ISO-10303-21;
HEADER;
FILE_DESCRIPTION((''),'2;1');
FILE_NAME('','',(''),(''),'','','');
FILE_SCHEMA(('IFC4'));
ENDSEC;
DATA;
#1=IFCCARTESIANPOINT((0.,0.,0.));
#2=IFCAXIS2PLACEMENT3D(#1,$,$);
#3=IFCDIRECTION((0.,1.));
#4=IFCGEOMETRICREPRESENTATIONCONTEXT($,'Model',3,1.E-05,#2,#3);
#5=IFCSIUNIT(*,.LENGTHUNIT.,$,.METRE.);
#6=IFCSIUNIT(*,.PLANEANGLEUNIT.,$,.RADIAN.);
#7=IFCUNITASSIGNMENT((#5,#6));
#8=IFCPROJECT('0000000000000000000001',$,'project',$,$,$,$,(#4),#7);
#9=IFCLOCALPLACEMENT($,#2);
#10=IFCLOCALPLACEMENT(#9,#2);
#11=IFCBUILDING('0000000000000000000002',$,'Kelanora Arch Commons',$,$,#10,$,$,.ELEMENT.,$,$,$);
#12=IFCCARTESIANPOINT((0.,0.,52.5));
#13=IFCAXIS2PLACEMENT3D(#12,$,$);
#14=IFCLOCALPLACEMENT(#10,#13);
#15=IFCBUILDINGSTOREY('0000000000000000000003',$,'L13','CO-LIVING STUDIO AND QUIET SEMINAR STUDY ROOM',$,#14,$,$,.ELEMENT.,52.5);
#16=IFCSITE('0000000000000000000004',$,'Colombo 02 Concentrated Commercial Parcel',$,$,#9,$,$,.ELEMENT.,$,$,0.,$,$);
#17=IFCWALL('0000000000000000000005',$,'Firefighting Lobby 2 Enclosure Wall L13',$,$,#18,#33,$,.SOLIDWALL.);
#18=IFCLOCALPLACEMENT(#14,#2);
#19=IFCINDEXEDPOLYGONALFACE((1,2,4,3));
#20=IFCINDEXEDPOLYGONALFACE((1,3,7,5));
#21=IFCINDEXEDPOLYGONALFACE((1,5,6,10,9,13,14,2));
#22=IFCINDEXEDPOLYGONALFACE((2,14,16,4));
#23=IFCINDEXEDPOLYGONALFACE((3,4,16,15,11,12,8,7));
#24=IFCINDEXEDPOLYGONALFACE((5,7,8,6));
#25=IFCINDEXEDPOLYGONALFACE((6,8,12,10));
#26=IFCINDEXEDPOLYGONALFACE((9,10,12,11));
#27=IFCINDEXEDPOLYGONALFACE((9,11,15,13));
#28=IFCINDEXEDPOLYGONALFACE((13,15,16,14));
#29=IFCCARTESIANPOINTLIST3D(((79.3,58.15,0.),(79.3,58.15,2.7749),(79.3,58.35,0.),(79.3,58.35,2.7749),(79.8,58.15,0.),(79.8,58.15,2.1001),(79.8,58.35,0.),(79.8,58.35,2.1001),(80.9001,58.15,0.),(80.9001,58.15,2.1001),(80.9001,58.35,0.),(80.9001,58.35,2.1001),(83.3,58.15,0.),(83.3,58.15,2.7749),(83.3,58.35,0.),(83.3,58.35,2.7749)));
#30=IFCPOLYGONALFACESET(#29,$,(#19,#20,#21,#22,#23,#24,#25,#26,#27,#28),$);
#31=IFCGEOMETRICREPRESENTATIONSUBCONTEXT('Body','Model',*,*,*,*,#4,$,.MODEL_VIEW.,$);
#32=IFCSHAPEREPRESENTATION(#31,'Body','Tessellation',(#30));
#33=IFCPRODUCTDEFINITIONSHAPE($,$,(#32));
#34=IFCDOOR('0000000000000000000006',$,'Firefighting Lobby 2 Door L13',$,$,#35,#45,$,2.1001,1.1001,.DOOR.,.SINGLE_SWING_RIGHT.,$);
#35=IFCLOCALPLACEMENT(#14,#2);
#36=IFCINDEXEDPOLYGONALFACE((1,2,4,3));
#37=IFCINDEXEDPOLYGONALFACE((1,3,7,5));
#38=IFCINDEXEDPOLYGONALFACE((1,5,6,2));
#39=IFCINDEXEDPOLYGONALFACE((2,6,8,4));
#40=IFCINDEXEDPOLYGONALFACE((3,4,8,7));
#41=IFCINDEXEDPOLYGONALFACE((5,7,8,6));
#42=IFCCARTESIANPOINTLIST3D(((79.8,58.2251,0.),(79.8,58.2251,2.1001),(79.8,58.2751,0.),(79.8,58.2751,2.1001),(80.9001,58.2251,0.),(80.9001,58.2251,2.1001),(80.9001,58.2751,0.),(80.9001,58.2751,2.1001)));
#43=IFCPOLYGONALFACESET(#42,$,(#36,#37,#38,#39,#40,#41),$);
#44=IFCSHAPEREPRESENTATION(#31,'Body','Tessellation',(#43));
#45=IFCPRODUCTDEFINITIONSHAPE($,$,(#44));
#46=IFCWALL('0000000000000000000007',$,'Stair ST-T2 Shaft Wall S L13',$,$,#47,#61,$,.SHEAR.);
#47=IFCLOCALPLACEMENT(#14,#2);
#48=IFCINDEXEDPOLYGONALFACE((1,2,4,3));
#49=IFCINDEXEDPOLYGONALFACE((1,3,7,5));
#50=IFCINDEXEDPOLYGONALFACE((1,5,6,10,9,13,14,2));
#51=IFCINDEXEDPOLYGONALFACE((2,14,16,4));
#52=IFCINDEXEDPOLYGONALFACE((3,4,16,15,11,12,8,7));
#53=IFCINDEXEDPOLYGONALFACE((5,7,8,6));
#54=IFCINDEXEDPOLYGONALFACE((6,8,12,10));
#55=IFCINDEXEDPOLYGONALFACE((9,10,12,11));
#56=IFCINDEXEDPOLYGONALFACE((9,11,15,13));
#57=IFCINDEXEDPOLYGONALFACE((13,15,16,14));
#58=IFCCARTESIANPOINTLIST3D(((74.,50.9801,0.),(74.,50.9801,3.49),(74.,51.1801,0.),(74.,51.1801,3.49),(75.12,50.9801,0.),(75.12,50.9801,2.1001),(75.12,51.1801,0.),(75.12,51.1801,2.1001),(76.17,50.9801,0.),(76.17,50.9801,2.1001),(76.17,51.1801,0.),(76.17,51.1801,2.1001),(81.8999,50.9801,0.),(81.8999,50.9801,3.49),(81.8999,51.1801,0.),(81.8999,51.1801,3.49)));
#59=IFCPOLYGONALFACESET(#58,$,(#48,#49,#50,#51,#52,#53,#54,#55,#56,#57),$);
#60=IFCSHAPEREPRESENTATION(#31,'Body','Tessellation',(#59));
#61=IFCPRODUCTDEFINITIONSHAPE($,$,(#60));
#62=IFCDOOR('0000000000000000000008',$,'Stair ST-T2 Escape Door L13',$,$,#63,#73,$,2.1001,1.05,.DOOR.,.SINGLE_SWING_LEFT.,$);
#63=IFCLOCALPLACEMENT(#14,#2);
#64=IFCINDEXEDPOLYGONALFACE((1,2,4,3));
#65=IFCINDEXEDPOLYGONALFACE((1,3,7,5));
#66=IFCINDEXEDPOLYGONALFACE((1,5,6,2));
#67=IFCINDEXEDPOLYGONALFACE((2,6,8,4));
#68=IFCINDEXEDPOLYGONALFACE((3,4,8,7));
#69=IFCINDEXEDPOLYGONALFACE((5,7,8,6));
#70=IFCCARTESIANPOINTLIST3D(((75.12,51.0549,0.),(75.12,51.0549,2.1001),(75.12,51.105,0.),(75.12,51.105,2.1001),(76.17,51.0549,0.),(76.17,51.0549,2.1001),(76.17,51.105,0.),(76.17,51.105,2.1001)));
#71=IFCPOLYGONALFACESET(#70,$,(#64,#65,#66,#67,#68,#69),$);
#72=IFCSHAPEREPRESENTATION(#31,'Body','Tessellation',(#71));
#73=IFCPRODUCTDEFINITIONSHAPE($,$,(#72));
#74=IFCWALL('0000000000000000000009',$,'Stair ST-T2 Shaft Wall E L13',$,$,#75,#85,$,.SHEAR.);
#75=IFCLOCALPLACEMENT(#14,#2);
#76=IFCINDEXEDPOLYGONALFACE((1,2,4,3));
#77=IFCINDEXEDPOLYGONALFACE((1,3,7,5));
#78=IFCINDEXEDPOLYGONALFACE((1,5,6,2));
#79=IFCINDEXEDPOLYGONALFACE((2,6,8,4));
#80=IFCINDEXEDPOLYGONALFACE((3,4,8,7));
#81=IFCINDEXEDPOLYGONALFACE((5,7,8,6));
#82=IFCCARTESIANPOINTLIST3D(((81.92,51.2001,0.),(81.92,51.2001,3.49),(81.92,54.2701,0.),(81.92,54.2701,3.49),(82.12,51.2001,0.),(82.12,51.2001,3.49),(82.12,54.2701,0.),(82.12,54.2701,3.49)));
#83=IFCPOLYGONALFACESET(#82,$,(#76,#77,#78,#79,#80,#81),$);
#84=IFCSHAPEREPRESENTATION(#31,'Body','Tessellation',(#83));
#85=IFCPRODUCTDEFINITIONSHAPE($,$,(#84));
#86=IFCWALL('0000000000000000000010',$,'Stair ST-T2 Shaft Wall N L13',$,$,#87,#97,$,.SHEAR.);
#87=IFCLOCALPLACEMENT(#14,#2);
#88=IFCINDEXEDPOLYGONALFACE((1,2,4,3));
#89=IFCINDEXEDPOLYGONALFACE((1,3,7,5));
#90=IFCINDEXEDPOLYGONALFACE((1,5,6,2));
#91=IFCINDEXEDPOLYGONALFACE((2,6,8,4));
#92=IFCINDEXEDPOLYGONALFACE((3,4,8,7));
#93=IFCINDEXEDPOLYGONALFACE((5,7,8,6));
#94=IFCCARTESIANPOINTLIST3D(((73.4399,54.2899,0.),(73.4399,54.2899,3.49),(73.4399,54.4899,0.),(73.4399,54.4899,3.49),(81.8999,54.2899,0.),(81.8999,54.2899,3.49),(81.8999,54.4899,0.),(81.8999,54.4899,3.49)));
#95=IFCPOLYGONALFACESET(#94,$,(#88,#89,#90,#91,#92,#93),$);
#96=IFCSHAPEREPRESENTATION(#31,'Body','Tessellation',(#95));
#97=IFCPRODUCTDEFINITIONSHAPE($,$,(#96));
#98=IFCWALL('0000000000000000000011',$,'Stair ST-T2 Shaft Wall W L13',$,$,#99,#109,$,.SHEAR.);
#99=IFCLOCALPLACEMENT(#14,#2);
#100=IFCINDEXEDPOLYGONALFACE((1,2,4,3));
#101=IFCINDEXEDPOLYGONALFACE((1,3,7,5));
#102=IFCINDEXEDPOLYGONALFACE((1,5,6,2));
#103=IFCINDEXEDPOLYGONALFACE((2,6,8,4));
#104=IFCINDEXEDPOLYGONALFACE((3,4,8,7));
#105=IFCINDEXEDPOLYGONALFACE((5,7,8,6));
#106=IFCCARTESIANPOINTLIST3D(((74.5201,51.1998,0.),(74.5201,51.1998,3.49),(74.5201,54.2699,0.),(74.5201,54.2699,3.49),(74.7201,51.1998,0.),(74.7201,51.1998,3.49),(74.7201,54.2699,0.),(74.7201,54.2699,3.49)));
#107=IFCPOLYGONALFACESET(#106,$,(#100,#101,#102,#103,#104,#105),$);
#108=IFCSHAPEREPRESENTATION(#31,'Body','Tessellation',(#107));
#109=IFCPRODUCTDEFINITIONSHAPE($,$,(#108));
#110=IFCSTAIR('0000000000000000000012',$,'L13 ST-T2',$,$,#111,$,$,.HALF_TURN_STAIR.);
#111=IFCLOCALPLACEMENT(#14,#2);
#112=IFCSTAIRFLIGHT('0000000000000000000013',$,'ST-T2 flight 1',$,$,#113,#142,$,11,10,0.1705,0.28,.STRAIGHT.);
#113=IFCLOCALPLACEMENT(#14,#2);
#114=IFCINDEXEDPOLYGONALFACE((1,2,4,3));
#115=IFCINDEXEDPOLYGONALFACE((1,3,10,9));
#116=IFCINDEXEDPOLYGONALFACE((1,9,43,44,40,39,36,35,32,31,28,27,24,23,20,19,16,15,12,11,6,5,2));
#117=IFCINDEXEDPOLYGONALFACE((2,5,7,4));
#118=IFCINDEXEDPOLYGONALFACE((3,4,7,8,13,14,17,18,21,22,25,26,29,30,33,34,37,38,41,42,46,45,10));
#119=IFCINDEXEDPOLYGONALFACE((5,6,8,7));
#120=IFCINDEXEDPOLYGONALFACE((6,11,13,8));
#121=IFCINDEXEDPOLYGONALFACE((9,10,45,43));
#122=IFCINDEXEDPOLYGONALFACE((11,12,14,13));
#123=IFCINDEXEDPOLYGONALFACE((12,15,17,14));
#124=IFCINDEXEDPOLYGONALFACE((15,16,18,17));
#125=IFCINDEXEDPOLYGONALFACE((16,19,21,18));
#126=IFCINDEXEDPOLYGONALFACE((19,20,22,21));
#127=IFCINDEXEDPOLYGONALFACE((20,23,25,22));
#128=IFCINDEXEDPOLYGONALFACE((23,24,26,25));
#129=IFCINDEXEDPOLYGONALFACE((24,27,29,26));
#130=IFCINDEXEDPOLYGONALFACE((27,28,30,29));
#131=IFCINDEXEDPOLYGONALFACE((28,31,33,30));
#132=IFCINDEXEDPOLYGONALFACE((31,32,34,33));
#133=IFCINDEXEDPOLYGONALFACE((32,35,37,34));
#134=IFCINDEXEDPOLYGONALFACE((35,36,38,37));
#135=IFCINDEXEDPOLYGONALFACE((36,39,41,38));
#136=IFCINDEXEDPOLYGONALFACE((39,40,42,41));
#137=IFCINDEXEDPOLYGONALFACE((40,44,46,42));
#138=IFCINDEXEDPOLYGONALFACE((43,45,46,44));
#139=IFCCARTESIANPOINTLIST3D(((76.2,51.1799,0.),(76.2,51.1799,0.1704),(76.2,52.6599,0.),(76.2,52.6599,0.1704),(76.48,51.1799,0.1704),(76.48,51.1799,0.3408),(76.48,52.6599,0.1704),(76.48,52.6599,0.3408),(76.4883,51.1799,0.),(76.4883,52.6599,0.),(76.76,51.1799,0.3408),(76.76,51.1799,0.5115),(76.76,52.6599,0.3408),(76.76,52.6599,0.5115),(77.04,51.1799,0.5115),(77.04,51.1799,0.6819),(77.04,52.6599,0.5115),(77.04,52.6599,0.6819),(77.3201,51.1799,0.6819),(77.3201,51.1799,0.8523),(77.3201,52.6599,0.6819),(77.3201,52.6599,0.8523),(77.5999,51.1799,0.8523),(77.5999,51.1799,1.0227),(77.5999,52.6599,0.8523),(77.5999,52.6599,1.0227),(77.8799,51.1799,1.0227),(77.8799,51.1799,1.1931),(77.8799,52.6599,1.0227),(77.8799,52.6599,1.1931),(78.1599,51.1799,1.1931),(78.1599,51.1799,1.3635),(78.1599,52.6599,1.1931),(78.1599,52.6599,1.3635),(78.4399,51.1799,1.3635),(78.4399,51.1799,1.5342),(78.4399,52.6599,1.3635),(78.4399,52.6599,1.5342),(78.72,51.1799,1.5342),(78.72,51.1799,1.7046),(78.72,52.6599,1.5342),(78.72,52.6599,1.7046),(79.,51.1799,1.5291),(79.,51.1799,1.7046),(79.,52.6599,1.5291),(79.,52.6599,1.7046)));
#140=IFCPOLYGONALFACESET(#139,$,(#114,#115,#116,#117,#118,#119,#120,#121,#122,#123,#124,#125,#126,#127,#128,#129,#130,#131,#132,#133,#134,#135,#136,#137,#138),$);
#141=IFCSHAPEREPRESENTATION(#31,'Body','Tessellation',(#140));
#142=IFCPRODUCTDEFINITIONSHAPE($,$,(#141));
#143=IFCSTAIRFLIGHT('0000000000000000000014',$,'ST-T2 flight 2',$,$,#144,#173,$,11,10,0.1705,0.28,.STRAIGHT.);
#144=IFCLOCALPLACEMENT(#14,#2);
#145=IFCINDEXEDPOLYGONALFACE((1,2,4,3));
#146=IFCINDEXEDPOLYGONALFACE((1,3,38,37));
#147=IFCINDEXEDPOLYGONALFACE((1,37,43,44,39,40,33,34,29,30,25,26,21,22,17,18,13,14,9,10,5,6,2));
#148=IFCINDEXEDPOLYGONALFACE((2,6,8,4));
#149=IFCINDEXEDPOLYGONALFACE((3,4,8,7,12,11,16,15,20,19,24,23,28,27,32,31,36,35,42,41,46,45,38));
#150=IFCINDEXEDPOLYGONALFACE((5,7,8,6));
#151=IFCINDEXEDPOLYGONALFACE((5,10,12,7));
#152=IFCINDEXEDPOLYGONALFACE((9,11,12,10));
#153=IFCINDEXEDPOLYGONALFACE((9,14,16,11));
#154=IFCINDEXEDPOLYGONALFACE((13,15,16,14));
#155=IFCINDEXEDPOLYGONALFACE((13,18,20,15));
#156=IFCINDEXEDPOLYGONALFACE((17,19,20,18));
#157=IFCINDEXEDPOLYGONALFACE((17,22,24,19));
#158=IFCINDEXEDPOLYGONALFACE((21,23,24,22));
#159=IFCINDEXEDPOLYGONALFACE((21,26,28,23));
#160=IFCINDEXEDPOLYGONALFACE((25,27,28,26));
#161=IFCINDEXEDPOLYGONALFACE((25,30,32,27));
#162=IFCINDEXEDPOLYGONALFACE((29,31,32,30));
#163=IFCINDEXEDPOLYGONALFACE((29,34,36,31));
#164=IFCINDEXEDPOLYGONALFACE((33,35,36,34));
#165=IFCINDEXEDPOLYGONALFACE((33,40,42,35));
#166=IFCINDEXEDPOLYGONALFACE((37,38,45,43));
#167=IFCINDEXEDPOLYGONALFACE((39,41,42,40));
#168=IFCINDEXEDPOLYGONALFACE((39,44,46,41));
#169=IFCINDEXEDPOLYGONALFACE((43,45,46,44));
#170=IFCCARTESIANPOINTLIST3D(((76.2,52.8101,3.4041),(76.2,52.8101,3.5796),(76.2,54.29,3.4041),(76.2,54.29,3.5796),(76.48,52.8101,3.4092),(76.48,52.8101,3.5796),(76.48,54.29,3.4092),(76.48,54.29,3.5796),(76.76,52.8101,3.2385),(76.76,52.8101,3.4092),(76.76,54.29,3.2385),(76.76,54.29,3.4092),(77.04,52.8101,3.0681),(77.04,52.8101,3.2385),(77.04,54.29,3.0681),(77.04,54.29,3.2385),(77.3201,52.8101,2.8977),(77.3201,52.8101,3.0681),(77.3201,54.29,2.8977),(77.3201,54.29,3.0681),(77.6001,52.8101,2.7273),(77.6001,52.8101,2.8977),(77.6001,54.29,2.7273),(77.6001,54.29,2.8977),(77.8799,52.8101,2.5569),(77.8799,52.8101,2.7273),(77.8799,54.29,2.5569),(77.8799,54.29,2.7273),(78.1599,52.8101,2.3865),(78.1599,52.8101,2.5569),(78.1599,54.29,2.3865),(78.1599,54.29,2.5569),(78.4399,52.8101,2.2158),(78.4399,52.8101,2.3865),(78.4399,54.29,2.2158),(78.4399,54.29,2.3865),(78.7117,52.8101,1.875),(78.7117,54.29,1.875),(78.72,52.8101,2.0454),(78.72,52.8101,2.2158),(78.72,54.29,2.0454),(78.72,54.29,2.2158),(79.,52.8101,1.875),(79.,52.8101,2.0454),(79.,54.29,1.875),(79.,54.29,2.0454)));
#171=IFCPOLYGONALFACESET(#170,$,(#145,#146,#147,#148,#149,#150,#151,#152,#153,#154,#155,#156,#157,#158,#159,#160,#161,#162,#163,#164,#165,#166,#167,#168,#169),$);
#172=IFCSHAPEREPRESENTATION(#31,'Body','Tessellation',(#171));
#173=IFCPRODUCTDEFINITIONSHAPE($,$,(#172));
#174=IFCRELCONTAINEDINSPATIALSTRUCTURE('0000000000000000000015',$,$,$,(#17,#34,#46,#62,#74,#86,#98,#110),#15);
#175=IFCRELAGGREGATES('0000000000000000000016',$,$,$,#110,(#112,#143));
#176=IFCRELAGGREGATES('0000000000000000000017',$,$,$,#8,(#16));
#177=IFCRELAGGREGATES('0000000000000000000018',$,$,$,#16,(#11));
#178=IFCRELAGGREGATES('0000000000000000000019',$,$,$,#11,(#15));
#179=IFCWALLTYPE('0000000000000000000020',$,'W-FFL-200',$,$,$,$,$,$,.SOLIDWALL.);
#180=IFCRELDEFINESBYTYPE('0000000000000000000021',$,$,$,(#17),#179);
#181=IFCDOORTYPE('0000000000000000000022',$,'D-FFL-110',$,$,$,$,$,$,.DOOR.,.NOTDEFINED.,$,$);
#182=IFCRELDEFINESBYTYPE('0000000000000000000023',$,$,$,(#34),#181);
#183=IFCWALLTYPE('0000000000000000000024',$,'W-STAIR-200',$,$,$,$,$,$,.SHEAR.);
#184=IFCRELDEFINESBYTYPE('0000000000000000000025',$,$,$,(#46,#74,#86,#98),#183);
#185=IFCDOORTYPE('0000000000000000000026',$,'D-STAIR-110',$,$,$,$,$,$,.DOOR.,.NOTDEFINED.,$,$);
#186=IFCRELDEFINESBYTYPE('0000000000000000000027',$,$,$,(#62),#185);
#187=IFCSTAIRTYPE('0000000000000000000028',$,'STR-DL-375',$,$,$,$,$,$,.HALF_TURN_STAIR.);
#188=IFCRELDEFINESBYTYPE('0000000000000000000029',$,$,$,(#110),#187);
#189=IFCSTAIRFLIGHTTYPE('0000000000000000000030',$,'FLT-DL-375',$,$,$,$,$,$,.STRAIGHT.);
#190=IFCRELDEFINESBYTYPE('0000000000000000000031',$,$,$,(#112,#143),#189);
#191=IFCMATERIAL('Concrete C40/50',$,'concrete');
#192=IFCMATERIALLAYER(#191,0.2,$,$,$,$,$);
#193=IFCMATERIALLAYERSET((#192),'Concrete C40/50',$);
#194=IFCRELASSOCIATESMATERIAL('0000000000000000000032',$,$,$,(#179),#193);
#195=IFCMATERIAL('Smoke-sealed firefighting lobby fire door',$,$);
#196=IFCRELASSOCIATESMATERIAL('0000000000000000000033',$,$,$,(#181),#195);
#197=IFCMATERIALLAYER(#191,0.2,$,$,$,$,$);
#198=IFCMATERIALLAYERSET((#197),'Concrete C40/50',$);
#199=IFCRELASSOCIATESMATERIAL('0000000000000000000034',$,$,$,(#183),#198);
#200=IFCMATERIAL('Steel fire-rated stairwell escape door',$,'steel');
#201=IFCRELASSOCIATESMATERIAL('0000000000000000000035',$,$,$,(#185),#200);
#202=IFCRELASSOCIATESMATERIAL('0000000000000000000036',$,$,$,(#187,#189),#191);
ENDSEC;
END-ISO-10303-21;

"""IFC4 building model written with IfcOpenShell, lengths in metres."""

from ifc_helpers import new_model, si_unit, direction, frame, frame_2d, origin, place, context, subcontext, project, spatial, polyline, rectangle, outline, extrude, material, layer, layer_set, type_object, element, fill, aggregate, save


model = new_model("IFC4")

# Units and contexts
model_context = context("Model", 3, precision=1e-05, world=origin(), true_north=direction((0.0, 1.0)))
body_context = subcontext(model_context, "Body", "Model", "MODEL_VIEW")
ifc_project = project(units=[si_unit("LENGTHUNIT", "METRE"), si_unit("PLANEANGLEUNIT", "RADIAN")], contexts=[model_context])

# Site, building, storey
site_placement = place(None, origin())
site = spatial("IfcSite", under=ifc_project, at=site_placement, Name="Colombo 02 Concentrated Commercial Parcel", CompositionType="ELEMENT", RefElevation=0.0)
building_placement = place(site_placement, origin())
building = spatial("IfcBuilding", under=site, at=building_placement, Name="Kelanora Arch Commons", CompositionType="ELEMENT")
storey_placement = place(building_placement, frame((0.0, 0.0, 52.5)))
storey = spatial("IfcBuildingStorey", under=building, at=storey_placement, Name="L13", Description="CO-LIVING STUDIO AND QUIET SEMINAR STUDY ROOM", CompositionType="ELEMENT", Elevation=52.5)

# Walls, openings, doors
ifc_material_1 = material(Name="Concrete C40/50", Category="concrete")
ifc_layer_1 = layer(ifc_material_1, 0.2)
ifc_layer_set_1 = layer_set([ifc_layer_1], Name="Concrete C40/50")
wall_type_1 = type_object("IfcWallType", Name="W-FFL-200", PredefinedType="SOLIDWALL", material=ifc_layer_set_1)
ifc_material_2 = material(Name="Smoke-sealed firefighting lobby fire door")
door_type_1 = type_object("IfcDoorType", Name="D-FFL-110", OperationType="NOTDEFINED", PredefinedType="DOOR", material=ifc_material_2)
wall_1_placement = place(storey_placement, frame((79.3, 58.25, 0.0), z_axis=(0.0, 0.0, 1.0), x_axis=(1.0, 0.0, 0.0)))
wall_1 = element("IfcWall", 1, at=wall_1_placement, inside=storey, type_object=wall_type_1, Name="Firefighting Lobby 2 Enclosure Wall L13", PredefinedType="SOLIDWALL", context=body_context, shape_type="SweptSolid", body=[
    extrude(rectangle(XDim=4.0, YDim=0.2, at=frame_2d((2.0, 0.0))), origin(), (0.0, 0.0, 1.0), 2.7749),
])
opening_1_placement = place(wall_1_placement, frame((0.5, 0.0, 0.0)))
opening_1 = element("IfcOpeningElement", 2, at=opening_1_placement, cuts=wall_1, PredefinedType="OPENING", context=body_context, shape_type="SweptSolid", body=[
    extrude(rectangle(XDim=1.1001, YDim=2.1001, at=frame_2d((0.55, 1.05))), frame((0.0, 0.1099, 0.0), z_axis=(0.0, -1.0, 0.0), x_axis=(1.0, 0.0, 0.0)), (0.0, 0.0, 1.0), 0.22),
])
door_1_placement = place(opening_1_placement, frame((1.1001, 0.0, 0.0), z_axis=(0.0, 0.0, 1.0), x_axis=(-1.0, 0.0, 0.0)))
door_1 = element("IfcDoor", 3, at=door_1_placement, inside=storey, type_object=door_type_1, Name="Firefighting Lobby 2 Door L13", OperationType="SINGLE_SWING_RIGHT", OverallHeight=2.1001, OverallWidth=1.1001, PredefinedType="DOOR", context=body_context, shape_type="SweptSolid", body=[
    extrude(rectangle(XDim=1.1001, YDim=2.1001, at=frame_2d((0.55, 1.05))), frame((0.0, 0.0249, 0.0), z_axis=(0.0, -1.0, 0.0), x_axis=(1.0, 0.0, 0.0)), (0.0, 0.0, 1.0), 0.05),
])
fill(opening_1, door_1)
ifc_layer_2 = layer(ifc_material_1, 0.2)
ifc_layer_set_2 = layer_set([ifc_layer_2], Name="Concrete C40/50")
wall_type_2 = type_object("IfcWallType", Name="W-STAIR-200", PredefinedType="SHEAR", material=ifc_layer_set_2)
wall_2_placement = place(storey_placement, frame((74.0, 51.0801, 0.0), z_axis=(0.0, 0.0, 1.0), x_axis=(1.0, 0.0, 0.0)))
wall_2 = element("IfcWall", 4, at=wall_2_placement, inside=storey, type_object=wall_type_2, Name="Stair ST-T2 Shaft Wall S L13", PredefinedType="SHEAR", context=body_context, shape_type="SweptSolid", body=[
    extrude(rectangle(XDim=7.8999, YDim=0.2, at=frame_2d((3.95, 0.0))), origin(), (0.0, 0.0, 1.0), 3.49),
])
opening_2_placement = place(wall_2_placement, frame((1.1201, 0.0, 0.0)))
opening_2 = element("IfcOpeningElement", 5, at=opening_2_placement, cuts=wall_2, PredefinedType="OPENING", context=body_context, shape_type="SweptSolid", body=[
    extrude(rectangle(XDim=1.05, YDim=2.1001, at=frame_2d((0.5249, 1.05))), frame((0.0, 0.1099, 0.0), z_axis=(0.0, -1.0, 0.0), x_axis=(1.0, 0.0, 0.0)), (0.0, 0.0, 1.0), 0.22),
])
ifc_material_3 = material(Name="Steel fire-rated stairwell escape door", Category="steel")
door_type_2 = type_object("IfcDoorType", Name="D-STAIR-110", OperationType="NOTDEFINED", PredefinedType="DOOR", material=ifc_material_3)
door_2_placement = place(opening_2_placement, origin())
door_2 = element("IfcDoor", 6, at=door_2_placement, inside=storey, type_object=door_type_2, Name="Stair ST-T2 Escape Door L13", OperationType="SINGLE_SWING_LEFT", OverallHeight=2.1001, OverallWidth=1.05, PredefinedType="DOOR", context=body_context, shape_type="SweptSolid", body=[
    extrude(rectangle(XDim=1.05, YDim=2.1001, at=frame_2d((0.5249, 1.05))), frame((0.0, 0.0249, 0.0), z_axis=(0.0, -1.0, 0.0), x_axis=(1.0, 0.0, 0.0)), (0.0, 0.0, 1.0), 0.05),
])
fill(opening_2, door_2)

# Walls
wall_3_placement = place(storey_placement, frame((82.02, 51.2, 0.0), z_axis=(0.0, 0.0, 1.0), x_axis=(0.0, 1.0, 0.0)))
element("IfcWall", 7, at=wall_3_placement, inside=storey, type_object=wall_type_2, Name="Stair ST-T2 Shaft Wall E L13", PredefinedType="SHEAR", context=body_context, shape_type="SweptSolid", body=[
    extrude(rectangle(XDim=3.0701, YDim=0.2, at=frame_2d((1.5352, 0.0))), origin(), (0.0, 0.0, 1.0), 3.49),
])
wall_4_placement = place(storey_placement, frame((81.8999, 54.3899, 0.0), z_axis=(0.0, 0.0, 1.0), x_axis=(-1.0, 0.0, 0.0)))
element("IfcWall", 8, at=wall_4_placement, inside=storey, type_object=wall_type_2, Name="Stair ST-T2 Shaft Wall N L13", PredefinedType="SHEAR", context=body_context, shape_type="SweptSolid", body=[
    extrude(rectangle(XDim=8.46, YDim=0.2, at=frame_2d((4.23, 0.0))), origin(), (0.0, 0.0, 1.0), 3.49),
])
wall_5_placement = place(storey_placement, frame((74.6201, 54.27, 0.0), z_axis=(0.0, 0.0, 1.0), x_axis=(0.0, -1.0, 0.0)))
element("IfcWall", 9, at=wall_5_placement, inside=storey, type_object=wall_type_2, Name="Stair ST-T2 Shaft Wall W L13", PredefinedType="SHEAR", context=body_context, shape_type="SweptSolid", body=[
    extrude(rectangle(XDim=3.0701, YDim=0.2, at=frame_2d((1.5352, 0.0))), origin(), (0.0, 0.0, 1.0), 3.49),
])

# Stair, stair flights
stair_type = type_object("IfcStairType", Name="STR-DL-375", PredefinedType="HALF_TURN_STAIR", material=ifc_material_1)
stair_placement = place(storey_placement, origin())
stair = element("IfcStair", 10, at=stair_placement, inside=storey, type_object=stair_type, Name="L13 ST-T2", PredefinedType="HALF_TURN_STAIR")
stair_flight_type = type_object("IfcStairFlightType", Name="FLT-DL-375", PredefinedType="STRAIGHT", material=ifc_material_1)
stair_flight_1_placement = place(storey_placement, frame((76.2, 51.9199, 0.0), z_axis=(0.0, 0.0, 1.0), x_axis=(1.0, 0.0, 0.0)))
stair_flight_1 = element("IfcStairFlight", 11, at=stair_flight_1_placement, type_object=stair_flight_type, Name="ST-T2 flight 1", NumberOfRisers=11, NumberOfTreads=10, PredefinedType="STRAIGHT", RiserHeight=0.1705, TreadLength=0.28, context=body_context, shape_type="SweptSolid", body=[
    extrude(outline(polyline([(0.0, 0.0), (0.0, 0.1704), (0.28, 0.1704), (0.28, 0.3408), (0.5601, 0.3408), (0.5601, 0.5115), (0.8401, 0.5115), (0.8401, 0.6819), (1.1201, 0.6819), (1.1201, 0.8523), (1.3999, 0.8523), (1.3999, 1.0227), (1.6799, 1.0227), (1.6799, 1.1931), (1.96, 1.1931), (1.96, 1.3635), (2.24, 1.3635), (2.24, 1.5342), (2.52, 1.5342), (2.52, 1.7046), (2.8, 1.7046), (2.8, 1.875), (2.8, 1.5291), (0.2883, 0.0), (0.0, 0.0)])), frame((0.0, 0.74, 0.0), z_axis=(0.0, -1.0, 0.0), x_axis=(1.0, 0.0, 0.0)), (0.0, 0.0, 1.0), 1.48),
])
stair_flight_2_placement = place(storey_placement, frame((79.0, 53.55, 1.875), z_axis=(0.0, 0.0, 1.0), x_axis=(-1.0, 0.0, 0.0)))
stair_flight_2 = element("IfcStairFlight", 12, at=stair_flight_2_placement, type_object=stair_flight_type, Name="ST-T2 flight 2", NumberOfRisers=11, NumberOfTreads=10, PredefinedType="STRAIGHT", RiserHeight=0.1705, TreadLength=0.28, context=body_context, shape_type="SweptSolid", body=[
    extrude(outline(polyline([(0.0, 0.0), (0.0, 0.1704), (0.28, 0.1704), (0.28, 0.3408), (0.5601, 0.3408), (0.5601, 0.5115), (0.8401, 0.5115), (0.8401, 0.6819), (1.1201, 0.6819), (1.1201, 0.8523), (1.3999, 0.8523), (1.3999, 1.0227), (1.6799, 1.0227), (1.6799, 1.1931), (1.96, 1.1931), (1.96, 1.3635), (2.24, 1.3635), (2.24, 1.5342), (2.52, 1.5342), (2.52, 1.7046), (2.8, 1.7046), (2.8, 1.875), (2.8, 1.5291), (0.2883, 0.0), (0.0, 0.0)])), frame((0.0, 0.74, 0.0), z_axis=(0.0, -1.0, 0.0), x_axis=(1.0, 0.0, 0.0)), (0.0, 0.0, 1.0), 1.48),
])
aggregate(stair, [stair_flight_1, stair_flight_2])

save(model, "model.ifc")
